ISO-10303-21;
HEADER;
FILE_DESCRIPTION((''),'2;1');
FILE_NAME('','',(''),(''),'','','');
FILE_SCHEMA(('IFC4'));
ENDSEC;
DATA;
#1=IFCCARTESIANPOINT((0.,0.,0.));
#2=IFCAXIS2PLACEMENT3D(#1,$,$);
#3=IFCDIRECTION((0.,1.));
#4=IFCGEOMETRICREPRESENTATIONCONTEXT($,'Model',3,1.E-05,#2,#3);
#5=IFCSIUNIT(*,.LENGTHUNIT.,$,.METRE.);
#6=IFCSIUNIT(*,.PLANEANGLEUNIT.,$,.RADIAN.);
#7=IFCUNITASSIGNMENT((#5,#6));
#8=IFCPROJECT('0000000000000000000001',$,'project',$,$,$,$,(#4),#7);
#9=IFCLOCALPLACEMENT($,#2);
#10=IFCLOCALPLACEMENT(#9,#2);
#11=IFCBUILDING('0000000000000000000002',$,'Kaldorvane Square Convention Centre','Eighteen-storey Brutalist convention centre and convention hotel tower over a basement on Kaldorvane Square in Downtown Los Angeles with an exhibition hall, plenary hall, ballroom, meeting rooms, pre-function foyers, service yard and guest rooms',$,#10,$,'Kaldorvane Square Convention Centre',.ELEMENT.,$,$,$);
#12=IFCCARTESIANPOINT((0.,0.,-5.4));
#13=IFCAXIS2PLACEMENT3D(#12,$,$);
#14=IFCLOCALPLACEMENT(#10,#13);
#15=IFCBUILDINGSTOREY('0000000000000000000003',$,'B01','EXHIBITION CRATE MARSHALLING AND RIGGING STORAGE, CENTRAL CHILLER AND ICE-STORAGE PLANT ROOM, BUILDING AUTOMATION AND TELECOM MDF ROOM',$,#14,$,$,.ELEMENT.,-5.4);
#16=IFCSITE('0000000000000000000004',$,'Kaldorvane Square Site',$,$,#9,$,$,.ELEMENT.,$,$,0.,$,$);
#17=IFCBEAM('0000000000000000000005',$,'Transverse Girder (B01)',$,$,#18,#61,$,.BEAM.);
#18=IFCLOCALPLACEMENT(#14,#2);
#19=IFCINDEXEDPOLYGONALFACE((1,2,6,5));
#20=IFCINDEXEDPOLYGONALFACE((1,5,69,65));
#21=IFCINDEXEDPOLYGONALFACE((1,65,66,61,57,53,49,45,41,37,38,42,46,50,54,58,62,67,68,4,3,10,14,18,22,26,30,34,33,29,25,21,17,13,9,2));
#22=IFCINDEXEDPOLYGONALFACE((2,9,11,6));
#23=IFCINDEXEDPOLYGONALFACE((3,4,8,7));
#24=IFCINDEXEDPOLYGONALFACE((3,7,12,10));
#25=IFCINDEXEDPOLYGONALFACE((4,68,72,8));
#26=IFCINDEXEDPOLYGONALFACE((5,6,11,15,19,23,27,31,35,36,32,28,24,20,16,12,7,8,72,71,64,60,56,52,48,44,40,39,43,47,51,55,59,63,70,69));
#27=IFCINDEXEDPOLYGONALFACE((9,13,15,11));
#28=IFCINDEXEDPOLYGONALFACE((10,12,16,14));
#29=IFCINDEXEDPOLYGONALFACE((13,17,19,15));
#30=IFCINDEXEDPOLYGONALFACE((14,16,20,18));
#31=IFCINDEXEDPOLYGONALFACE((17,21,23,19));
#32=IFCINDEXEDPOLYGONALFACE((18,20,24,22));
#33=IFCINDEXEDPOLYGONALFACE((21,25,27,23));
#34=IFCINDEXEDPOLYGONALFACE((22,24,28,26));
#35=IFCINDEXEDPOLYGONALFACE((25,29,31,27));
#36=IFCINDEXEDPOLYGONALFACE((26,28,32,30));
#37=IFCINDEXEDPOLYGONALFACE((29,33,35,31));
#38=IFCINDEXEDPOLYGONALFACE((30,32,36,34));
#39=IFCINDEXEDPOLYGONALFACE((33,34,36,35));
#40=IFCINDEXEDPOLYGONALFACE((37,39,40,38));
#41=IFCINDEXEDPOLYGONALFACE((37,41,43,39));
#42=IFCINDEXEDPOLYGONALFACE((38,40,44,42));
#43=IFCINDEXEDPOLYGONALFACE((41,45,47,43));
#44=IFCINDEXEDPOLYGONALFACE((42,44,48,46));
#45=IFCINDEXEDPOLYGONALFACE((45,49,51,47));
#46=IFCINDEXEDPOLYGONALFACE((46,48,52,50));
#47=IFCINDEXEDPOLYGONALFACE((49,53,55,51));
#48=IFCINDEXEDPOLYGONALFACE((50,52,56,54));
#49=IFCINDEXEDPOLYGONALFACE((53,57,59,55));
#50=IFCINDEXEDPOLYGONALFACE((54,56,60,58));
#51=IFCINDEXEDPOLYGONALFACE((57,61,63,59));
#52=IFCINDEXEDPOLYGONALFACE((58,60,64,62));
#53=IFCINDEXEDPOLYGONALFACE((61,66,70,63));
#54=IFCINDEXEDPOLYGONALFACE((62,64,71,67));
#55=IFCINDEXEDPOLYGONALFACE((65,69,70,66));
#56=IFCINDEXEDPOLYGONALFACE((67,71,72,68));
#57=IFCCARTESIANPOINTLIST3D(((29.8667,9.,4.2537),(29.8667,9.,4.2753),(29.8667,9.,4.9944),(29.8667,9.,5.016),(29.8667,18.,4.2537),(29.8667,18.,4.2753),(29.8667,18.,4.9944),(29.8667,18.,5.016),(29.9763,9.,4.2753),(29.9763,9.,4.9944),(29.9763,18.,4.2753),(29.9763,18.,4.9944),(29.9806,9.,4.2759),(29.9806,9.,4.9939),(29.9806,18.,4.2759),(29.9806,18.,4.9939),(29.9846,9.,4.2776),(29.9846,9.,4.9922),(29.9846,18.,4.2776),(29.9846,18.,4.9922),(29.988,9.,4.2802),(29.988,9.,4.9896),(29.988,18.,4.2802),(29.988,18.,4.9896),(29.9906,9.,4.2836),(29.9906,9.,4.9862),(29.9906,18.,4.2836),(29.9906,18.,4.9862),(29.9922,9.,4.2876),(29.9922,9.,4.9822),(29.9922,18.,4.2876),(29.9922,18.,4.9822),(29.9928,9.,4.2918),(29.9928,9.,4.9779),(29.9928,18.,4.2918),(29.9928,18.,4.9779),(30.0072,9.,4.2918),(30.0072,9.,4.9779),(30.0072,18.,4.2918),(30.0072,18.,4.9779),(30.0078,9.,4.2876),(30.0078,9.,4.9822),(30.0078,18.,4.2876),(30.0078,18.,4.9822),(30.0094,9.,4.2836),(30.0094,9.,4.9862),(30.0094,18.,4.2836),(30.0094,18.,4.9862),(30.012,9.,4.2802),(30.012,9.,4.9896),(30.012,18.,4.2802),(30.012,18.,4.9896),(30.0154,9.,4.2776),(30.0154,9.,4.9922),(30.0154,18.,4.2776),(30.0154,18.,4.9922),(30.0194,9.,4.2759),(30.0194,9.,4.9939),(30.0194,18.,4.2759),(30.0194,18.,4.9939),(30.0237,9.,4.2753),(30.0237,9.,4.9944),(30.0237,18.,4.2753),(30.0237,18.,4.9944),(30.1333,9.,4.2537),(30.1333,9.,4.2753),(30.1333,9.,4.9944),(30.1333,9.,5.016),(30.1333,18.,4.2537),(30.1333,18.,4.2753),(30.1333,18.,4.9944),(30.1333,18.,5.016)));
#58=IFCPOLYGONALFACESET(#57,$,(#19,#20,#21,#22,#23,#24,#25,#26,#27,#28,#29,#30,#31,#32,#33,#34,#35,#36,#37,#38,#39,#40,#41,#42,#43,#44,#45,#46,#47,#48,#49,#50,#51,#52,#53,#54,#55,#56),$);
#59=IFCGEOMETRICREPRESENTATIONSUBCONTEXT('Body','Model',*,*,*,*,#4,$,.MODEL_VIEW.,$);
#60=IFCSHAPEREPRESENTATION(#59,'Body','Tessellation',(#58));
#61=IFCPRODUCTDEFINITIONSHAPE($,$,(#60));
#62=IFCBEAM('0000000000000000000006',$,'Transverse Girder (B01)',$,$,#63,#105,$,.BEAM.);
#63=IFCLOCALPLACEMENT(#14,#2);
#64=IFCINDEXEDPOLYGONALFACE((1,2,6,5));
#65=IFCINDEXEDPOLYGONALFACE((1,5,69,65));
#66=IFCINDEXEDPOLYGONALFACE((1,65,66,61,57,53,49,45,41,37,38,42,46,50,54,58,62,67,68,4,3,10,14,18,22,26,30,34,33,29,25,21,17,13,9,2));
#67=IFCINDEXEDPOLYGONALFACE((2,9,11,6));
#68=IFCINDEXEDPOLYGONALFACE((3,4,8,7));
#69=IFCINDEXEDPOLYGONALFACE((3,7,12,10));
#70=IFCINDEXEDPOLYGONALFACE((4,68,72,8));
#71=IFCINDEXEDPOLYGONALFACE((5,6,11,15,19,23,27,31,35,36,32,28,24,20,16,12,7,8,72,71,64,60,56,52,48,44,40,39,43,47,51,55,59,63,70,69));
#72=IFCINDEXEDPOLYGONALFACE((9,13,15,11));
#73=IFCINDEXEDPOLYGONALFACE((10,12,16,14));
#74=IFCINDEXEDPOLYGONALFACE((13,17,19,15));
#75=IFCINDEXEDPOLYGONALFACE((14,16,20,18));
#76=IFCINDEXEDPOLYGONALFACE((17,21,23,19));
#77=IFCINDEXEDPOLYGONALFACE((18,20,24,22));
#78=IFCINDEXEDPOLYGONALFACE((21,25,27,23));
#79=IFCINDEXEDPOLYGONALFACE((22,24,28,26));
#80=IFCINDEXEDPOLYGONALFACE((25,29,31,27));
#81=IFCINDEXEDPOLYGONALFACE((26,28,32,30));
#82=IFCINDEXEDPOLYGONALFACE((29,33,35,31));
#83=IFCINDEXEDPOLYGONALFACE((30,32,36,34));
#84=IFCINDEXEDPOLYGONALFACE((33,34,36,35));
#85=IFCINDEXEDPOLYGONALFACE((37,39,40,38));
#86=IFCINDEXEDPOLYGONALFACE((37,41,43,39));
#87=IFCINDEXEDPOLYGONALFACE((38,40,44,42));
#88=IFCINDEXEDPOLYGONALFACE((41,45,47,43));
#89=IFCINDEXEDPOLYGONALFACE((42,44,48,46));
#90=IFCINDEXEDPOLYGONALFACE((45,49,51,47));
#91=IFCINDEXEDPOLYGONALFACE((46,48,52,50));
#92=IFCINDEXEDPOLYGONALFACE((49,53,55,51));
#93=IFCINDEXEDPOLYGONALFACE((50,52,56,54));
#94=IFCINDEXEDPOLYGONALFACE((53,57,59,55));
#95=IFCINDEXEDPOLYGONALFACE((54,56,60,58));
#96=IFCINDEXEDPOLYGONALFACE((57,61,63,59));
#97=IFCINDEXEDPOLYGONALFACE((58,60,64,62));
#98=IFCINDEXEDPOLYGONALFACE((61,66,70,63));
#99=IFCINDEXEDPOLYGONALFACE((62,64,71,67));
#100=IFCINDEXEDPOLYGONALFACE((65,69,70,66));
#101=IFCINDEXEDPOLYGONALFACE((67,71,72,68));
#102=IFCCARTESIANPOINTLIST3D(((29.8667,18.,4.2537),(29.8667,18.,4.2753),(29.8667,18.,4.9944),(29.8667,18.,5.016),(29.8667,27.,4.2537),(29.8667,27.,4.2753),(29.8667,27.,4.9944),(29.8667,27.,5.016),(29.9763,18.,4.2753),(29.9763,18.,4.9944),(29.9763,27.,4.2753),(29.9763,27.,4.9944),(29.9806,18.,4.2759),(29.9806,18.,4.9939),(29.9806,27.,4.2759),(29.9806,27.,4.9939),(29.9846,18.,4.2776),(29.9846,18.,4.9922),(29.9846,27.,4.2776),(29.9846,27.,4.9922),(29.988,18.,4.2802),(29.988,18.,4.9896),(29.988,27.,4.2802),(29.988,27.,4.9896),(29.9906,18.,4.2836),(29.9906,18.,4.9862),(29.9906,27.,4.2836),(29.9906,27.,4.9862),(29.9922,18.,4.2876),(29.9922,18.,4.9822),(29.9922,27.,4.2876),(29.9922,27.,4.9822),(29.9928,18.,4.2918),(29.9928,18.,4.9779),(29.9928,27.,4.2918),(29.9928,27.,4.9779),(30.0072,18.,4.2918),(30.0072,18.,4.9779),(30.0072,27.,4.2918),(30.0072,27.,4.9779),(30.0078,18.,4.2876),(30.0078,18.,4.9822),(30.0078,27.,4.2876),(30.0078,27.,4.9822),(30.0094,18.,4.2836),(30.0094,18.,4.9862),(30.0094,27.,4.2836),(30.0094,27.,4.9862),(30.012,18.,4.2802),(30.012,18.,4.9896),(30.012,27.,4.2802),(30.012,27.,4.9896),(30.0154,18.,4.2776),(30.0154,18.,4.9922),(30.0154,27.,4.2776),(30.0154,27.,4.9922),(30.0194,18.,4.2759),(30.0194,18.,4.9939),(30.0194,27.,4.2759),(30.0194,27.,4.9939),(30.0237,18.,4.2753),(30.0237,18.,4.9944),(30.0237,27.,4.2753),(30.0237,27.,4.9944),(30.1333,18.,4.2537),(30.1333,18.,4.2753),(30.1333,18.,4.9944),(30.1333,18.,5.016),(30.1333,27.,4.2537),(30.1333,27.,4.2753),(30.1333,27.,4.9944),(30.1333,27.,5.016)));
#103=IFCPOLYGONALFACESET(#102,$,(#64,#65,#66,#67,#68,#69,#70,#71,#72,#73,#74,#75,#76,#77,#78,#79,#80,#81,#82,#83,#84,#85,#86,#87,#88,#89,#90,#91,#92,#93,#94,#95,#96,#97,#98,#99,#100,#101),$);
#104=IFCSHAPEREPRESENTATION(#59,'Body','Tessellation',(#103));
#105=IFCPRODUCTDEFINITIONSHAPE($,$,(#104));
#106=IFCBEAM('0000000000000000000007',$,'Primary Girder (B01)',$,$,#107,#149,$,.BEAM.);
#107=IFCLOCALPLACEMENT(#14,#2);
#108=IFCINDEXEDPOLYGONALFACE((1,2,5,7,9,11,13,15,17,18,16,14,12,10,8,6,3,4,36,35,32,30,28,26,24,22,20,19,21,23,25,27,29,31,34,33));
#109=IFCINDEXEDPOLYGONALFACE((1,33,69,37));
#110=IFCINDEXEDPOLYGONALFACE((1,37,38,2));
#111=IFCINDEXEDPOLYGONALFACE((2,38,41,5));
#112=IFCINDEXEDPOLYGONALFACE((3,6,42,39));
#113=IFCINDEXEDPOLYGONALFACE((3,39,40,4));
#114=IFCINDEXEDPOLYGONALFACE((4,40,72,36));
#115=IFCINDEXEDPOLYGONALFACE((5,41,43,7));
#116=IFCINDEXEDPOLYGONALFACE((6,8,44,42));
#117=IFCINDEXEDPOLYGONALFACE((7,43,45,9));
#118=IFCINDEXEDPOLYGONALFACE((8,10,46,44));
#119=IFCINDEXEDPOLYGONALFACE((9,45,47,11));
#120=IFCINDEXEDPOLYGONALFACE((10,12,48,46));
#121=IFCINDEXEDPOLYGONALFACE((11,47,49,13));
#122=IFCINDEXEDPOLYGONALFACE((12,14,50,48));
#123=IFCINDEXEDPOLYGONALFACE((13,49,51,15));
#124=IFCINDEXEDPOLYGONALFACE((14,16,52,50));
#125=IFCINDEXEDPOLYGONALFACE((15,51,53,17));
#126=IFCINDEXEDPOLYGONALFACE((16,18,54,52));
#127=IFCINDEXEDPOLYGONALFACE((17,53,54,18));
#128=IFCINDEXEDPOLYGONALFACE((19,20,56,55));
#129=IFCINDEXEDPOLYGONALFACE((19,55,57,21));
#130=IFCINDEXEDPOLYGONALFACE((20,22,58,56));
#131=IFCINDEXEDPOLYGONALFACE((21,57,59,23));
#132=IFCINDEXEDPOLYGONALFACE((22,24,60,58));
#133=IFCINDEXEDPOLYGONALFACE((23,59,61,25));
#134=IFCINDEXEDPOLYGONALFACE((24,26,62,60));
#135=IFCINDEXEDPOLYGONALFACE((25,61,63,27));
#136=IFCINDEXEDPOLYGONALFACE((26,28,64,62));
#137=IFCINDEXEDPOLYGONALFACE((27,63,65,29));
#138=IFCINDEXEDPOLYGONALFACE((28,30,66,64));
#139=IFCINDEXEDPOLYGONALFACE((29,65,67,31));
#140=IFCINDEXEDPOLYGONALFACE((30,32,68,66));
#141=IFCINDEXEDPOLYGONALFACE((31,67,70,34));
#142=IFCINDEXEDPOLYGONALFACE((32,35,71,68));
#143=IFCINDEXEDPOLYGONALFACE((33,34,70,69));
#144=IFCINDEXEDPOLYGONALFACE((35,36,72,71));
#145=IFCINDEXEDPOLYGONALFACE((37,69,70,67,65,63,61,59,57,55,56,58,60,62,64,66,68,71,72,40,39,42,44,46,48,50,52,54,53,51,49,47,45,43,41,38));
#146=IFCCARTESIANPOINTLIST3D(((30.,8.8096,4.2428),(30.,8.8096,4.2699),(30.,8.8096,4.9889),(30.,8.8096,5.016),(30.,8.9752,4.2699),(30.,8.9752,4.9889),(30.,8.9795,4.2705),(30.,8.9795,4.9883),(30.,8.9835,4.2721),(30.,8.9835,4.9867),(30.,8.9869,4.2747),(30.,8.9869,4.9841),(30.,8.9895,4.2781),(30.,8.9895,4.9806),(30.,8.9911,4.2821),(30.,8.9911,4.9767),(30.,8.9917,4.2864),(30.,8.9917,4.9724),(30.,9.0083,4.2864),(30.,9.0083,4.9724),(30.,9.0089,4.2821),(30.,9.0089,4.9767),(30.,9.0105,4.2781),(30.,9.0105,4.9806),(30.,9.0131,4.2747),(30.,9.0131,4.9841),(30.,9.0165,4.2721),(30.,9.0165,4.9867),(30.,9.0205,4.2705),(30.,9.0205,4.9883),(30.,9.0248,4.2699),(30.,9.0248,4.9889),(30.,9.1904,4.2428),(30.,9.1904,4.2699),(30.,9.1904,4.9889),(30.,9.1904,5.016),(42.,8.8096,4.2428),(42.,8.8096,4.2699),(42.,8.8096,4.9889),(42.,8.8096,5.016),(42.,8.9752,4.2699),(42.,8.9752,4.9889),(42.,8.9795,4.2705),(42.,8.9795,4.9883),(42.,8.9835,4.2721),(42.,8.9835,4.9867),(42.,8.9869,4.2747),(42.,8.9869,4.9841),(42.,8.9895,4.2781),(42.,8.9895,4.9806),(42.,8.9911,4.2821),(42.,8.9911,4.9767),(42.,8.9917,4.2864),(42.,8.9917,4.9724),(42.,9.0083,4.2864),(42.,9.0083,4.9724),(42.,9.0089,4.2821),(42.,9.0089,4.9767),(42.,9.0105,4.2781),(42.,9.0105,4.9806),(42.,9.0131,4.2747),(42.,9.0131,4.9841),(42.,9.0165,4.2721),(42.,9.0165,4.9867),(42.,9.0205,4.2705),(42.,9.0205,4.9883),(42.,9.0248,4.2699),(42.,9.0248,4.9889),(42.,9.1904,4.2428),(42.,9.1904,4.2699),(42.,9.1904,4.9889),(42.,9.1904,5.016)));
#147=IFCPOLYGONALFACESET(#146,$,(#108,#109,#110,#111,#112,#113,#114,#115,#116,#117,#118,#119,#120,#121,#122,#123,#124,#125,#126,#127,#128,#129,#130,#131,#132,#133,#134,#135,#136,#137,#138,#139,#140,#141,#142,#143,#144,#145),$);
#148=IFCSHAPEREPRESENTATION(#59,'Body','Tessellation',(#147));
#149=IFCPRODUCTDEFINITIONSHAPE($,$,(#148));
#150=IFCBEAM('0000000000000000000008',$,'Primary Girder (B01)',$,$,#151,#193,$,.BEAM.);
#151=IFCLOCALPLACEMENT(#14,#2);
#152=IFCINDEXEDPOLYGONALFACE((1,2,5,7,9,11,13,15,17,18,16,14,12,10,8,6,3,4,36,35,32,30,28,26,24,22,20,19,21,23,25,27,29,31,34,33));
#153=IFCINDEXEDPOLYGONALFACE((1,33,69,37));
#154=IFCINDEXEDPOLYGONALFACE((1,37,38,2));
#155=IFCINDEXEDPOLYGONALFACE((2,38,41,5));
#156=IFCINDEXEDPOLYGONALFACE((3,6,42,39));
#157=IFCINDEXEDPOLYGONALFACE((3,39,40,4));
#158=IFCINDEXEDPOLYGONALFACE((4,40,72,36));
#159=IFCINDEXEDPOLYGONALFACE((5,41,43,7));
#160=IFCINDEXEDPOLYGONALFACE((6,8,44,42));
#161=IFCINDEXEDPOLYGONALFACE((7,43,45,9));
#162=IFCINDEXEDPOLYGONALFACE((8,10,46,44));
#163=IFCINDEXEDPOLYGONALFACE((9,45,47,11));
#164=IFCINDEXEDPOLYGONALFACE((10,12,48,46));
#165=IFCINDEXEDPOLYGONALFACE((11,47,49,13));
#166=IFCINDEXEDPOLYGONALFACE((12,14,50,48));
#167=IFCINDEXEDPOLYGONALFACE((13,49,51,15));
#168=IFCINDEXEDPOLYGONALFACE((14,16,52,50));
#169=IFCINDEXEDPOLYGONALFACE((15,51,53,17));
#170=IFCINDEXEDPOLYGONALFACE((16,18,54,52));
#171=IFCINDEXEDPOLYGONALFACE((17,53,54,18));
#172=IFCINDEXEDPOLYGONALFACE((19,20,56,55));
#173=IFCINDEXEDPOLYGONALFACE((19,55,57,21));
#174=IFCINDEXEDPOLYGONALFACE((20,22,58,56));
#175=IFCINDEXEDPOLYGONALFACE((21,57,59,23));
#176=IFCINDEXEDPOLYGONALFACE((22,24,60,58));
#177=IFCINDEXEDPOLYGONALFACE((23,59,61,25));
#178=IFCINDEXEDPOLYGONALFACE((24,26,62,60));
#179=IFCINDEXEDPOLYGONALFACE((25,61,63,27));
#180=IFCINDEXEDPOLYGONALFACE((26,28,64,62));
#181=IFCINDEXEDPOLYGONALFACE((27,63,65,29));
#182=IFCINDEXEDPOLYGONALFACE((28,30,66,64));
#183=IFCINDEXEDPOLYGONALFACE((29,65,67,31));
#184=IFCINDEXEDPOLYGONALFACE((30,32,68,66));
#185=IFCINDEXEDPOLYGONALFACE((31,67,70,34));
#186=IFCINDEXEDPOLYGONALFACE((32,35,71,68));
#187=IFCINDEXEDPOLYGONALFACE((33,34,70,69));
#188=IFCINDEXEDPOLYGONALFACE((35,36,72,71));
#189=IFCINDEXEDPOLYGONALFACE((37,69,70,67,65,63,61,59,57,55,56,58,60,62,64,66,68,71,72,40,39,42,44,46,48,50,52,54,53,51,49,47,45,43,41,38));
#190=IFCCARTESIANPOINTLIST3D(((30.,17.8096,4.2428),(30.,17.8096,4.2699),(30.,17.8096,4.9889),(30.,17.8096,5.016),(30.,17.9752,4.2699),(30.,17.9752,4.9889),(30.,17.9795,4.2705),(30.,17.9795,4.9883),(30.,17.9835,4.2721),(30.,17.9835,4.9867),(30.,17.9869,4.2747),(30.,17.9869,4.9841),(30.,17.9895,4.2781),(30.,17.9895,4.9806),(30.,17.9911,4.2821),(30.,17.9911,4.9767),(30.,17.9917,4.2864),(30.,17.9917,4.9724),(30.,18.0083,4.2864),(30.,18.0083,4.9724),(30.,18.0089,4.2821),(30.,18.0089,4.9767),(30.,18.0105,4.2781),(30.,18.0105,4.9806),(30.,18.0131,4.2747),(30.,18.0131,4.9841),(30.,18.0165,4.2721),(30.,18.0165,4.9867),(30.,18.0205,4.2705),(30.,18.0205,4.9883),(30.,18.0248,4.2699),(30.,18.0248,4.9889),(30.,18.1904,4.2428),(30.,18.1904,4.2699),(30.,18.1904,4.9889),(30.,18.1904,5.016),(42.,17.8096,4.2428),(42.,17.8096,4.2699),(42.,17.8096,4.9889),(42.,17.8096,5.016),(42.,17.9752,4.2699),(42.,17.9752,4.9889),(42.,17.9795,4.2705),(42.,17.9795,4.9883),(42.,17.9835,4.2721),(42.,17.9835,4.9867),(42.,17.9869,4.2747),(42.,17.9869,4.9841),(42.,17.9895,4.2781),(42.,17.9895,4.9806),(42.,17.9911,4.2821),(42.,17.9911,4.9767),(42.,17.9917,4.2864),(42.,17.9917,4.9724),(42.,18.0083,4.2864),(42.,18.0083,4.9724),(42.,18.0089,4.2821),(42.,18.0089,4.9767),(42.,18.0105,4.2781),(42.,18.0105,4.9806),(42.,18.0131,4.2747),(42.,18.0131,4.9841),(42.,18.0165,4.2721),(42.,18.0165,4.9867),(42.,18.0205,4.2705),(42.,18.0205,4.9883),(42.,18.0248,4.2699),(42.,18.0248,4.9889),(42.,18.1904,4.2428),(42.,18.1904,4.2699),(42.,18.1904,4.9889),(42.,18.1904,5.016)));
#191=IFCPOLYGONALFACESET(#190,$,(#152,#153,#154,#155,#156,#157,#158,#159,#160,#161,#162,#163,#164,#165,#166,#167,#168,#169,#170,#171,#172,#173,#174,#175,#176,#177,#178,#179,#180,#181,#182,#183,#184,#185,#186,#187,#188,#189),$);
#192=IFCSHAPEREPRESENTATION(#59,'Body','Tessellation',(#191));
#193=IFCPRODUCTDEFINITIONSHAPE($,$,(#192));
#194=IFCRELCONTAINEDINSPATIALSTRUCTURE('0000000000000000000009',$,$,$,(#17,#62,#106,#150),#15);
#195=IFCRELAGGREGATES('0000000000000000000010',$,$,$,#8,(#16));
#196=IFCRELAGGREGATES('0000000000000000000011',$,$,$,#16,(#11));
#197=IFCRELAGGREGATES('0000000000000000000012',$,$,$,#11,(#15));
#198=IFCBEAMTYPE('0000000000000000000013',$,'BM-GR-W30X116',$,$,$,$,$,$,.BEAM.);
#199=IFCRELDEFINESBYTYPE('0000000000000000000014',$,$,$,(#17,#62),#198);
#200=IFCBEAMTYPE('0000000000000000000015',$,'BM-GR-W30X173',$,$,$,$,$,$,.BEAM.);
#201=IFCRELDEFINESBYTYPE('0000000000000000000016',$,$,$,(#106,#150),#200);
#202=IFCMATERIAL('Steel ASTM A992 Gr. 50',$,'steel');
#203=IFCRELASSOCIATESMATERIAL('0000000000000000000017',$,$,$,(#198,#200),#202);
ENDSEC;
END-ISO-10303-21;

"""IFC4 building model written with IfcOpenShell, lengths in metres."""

from ifc_helpers import new_model, si_unit, direction, frame, origin, origin_2d, place, context, subcontext, project, spatial, i_section, extrude, material, material_profile, profile_set, type_object, element, save


model = new_model("IFC4")

# Units and contexts
model_context = context("Model", 3, precision=1e-05, world=origin(), true_north=direction((0.0, 1.0)))
body_context = subcontext(model_context, "Body", "Model", "MODEL_VIEW")
ifc_project = project(units=[si_unit("LENGTHUNIT", "METRE"), si_unit("PLANEANGLEUNIT", "RADIAN")], contexts=[model_context])

# Site, building, storey
site_placement = place(None, origin())
site = spatial("IfcSite", under=ifc_project, at=site_placement, Name="Kaldorvane Square Site", CompositionType="ELEMENT", RefElevation=0.0)
building_placement = place(site_placement, origin())
building = spatial("IfcBuilding", under=site, at=building_placement, Name="Kaldorvane Square Convention Centre", Description="Eighteen-storey Brutalist convention centre and convention hotel tower over a basement on Kaldorvane Square in Downtown Los Angeles with an exhibition hall, plenary hall, ballroom, meeting rooms, pre-function foyers, service yard and guest rooms", LongName="Kaldorvane Square Convention Centre", CompositionType="ELEMENT")
storey_placement = place(building_placement, frame((0.0, 0.0, -5.4)))
storey = spatial("IfcBuildingStorey", under=building, at=storey_placement, Name="B01", Description="EXHIBITION CRATE MARSHALLING AND RIGGING STORAGE, CENTRAL CHILLER AND ICE-STORAGE PLANT ROOM, BUILDING AUTOMATION AND TELECOM MDF ROOM", CompositionType="ELEMENT", Elevation=-5.4)

# Shared definitions
ifc_material_1 = material(Name="Steel ASTM A992 Gr. 50", Category="steel")

# Beams
ifc_material_profile_1 = material_profile(ifc_material_1, i_section(OverallWidth=0.2666, OverallDepth=0.7623, WebThickness=0.0144, FlangeThickness=0.0216, FilletRadius=0.0165, at=origin_2d()), Name="W30X116")
ifc_profile_set_1 = profile_set([ifc_material_profile_1], Name="Steel ASTM A992 Gr. 50")
beam_type_1 = type_object("IfcBeamType", Name="BM-GR-W30X116", PredefinedType="BEAM", material=ifc_profile_set_1)
for number, where, z_axis, x_axis, name in (
    (1, (30.0, 9.0, 4.6349), (0.0, 1.0, 0.0), (-1.0, 0.0, 0.0), "Transverse Girder (B01)"),
    (2, (30.0, 18.0, 4.6349), (0.0, 1.0, 0.0), (-1.0, 0.0, 0.0), "Transverse Girder (B01)"),
):
    element("IfcBeam", number, at=place(storey_placement, frame(where, z_axis=z_axis, x_axis=x_axis)), inside=storey, type_object=beam_type_1, Name=name, PredefinedType="BEAM", context=body_context, shape_type="SweptSolid", body=[
        extrude(i_section(OverallWidth=0.2666, OverallDepth=0.7623, WebThickness=0.0144, FlangeThickness=0.0216, FilletRadius=0.0165, at=origin_2d()), origin(), (0.0, 0.0, 1.0), 9.0),
    ])
ifc_material_profile_2 = material_profile(ifc_material_1, i_section(OverallWidth=0.3807, OverallDepth=0.7732, WebThickness=0.0166, FlangeThickness=0.0271, FilletRadius=0.0165, at=origin_2d()), Name="W30X173")
ifc_profile_set_2 = profile_set([ifc_material_profile_2], Name="Steel ASTM A992 Gr. 50")
beam_type_2 = type_object("IfcBeamType", Name="BM-GR-W30X173", PredefinedType="BEAM", material=ifc_profile_set_2)
for number, where, z_axis, x_axis, name in (
    (3, (30.0, 9.0, 4.6294), (1.0, 0.0, 0.0), (0.0, 1.0, 0.0), "Primary Girder (B01)"),
    (4, (30.0, 18.0, 4.6294), (1.0, 0.0, 0.0), (0.0, 1.0, 0.0), "Primary Girder (B01)"),
):
    element("IfcBeam", number, at=place(storey_placement, frame(where, z_axis=z_axis, x_axis=x_axis)), inside=storey, type_object=beam_type_2, Name=name, PredefinedType="BEAM", context=body_context, shape_type="SweptSolid", body=[
        extrude(i_section(OverallWidth=0.3807, OverallDepth=0.7732, WebThickness=0.0166, FlangeThickness=0.0271, FilletRadius=0.0165, at=origin_2d()), origin(), (0.0, 0.0, 1.0), 12.0),
    ])

save(model, "model.ifc")
